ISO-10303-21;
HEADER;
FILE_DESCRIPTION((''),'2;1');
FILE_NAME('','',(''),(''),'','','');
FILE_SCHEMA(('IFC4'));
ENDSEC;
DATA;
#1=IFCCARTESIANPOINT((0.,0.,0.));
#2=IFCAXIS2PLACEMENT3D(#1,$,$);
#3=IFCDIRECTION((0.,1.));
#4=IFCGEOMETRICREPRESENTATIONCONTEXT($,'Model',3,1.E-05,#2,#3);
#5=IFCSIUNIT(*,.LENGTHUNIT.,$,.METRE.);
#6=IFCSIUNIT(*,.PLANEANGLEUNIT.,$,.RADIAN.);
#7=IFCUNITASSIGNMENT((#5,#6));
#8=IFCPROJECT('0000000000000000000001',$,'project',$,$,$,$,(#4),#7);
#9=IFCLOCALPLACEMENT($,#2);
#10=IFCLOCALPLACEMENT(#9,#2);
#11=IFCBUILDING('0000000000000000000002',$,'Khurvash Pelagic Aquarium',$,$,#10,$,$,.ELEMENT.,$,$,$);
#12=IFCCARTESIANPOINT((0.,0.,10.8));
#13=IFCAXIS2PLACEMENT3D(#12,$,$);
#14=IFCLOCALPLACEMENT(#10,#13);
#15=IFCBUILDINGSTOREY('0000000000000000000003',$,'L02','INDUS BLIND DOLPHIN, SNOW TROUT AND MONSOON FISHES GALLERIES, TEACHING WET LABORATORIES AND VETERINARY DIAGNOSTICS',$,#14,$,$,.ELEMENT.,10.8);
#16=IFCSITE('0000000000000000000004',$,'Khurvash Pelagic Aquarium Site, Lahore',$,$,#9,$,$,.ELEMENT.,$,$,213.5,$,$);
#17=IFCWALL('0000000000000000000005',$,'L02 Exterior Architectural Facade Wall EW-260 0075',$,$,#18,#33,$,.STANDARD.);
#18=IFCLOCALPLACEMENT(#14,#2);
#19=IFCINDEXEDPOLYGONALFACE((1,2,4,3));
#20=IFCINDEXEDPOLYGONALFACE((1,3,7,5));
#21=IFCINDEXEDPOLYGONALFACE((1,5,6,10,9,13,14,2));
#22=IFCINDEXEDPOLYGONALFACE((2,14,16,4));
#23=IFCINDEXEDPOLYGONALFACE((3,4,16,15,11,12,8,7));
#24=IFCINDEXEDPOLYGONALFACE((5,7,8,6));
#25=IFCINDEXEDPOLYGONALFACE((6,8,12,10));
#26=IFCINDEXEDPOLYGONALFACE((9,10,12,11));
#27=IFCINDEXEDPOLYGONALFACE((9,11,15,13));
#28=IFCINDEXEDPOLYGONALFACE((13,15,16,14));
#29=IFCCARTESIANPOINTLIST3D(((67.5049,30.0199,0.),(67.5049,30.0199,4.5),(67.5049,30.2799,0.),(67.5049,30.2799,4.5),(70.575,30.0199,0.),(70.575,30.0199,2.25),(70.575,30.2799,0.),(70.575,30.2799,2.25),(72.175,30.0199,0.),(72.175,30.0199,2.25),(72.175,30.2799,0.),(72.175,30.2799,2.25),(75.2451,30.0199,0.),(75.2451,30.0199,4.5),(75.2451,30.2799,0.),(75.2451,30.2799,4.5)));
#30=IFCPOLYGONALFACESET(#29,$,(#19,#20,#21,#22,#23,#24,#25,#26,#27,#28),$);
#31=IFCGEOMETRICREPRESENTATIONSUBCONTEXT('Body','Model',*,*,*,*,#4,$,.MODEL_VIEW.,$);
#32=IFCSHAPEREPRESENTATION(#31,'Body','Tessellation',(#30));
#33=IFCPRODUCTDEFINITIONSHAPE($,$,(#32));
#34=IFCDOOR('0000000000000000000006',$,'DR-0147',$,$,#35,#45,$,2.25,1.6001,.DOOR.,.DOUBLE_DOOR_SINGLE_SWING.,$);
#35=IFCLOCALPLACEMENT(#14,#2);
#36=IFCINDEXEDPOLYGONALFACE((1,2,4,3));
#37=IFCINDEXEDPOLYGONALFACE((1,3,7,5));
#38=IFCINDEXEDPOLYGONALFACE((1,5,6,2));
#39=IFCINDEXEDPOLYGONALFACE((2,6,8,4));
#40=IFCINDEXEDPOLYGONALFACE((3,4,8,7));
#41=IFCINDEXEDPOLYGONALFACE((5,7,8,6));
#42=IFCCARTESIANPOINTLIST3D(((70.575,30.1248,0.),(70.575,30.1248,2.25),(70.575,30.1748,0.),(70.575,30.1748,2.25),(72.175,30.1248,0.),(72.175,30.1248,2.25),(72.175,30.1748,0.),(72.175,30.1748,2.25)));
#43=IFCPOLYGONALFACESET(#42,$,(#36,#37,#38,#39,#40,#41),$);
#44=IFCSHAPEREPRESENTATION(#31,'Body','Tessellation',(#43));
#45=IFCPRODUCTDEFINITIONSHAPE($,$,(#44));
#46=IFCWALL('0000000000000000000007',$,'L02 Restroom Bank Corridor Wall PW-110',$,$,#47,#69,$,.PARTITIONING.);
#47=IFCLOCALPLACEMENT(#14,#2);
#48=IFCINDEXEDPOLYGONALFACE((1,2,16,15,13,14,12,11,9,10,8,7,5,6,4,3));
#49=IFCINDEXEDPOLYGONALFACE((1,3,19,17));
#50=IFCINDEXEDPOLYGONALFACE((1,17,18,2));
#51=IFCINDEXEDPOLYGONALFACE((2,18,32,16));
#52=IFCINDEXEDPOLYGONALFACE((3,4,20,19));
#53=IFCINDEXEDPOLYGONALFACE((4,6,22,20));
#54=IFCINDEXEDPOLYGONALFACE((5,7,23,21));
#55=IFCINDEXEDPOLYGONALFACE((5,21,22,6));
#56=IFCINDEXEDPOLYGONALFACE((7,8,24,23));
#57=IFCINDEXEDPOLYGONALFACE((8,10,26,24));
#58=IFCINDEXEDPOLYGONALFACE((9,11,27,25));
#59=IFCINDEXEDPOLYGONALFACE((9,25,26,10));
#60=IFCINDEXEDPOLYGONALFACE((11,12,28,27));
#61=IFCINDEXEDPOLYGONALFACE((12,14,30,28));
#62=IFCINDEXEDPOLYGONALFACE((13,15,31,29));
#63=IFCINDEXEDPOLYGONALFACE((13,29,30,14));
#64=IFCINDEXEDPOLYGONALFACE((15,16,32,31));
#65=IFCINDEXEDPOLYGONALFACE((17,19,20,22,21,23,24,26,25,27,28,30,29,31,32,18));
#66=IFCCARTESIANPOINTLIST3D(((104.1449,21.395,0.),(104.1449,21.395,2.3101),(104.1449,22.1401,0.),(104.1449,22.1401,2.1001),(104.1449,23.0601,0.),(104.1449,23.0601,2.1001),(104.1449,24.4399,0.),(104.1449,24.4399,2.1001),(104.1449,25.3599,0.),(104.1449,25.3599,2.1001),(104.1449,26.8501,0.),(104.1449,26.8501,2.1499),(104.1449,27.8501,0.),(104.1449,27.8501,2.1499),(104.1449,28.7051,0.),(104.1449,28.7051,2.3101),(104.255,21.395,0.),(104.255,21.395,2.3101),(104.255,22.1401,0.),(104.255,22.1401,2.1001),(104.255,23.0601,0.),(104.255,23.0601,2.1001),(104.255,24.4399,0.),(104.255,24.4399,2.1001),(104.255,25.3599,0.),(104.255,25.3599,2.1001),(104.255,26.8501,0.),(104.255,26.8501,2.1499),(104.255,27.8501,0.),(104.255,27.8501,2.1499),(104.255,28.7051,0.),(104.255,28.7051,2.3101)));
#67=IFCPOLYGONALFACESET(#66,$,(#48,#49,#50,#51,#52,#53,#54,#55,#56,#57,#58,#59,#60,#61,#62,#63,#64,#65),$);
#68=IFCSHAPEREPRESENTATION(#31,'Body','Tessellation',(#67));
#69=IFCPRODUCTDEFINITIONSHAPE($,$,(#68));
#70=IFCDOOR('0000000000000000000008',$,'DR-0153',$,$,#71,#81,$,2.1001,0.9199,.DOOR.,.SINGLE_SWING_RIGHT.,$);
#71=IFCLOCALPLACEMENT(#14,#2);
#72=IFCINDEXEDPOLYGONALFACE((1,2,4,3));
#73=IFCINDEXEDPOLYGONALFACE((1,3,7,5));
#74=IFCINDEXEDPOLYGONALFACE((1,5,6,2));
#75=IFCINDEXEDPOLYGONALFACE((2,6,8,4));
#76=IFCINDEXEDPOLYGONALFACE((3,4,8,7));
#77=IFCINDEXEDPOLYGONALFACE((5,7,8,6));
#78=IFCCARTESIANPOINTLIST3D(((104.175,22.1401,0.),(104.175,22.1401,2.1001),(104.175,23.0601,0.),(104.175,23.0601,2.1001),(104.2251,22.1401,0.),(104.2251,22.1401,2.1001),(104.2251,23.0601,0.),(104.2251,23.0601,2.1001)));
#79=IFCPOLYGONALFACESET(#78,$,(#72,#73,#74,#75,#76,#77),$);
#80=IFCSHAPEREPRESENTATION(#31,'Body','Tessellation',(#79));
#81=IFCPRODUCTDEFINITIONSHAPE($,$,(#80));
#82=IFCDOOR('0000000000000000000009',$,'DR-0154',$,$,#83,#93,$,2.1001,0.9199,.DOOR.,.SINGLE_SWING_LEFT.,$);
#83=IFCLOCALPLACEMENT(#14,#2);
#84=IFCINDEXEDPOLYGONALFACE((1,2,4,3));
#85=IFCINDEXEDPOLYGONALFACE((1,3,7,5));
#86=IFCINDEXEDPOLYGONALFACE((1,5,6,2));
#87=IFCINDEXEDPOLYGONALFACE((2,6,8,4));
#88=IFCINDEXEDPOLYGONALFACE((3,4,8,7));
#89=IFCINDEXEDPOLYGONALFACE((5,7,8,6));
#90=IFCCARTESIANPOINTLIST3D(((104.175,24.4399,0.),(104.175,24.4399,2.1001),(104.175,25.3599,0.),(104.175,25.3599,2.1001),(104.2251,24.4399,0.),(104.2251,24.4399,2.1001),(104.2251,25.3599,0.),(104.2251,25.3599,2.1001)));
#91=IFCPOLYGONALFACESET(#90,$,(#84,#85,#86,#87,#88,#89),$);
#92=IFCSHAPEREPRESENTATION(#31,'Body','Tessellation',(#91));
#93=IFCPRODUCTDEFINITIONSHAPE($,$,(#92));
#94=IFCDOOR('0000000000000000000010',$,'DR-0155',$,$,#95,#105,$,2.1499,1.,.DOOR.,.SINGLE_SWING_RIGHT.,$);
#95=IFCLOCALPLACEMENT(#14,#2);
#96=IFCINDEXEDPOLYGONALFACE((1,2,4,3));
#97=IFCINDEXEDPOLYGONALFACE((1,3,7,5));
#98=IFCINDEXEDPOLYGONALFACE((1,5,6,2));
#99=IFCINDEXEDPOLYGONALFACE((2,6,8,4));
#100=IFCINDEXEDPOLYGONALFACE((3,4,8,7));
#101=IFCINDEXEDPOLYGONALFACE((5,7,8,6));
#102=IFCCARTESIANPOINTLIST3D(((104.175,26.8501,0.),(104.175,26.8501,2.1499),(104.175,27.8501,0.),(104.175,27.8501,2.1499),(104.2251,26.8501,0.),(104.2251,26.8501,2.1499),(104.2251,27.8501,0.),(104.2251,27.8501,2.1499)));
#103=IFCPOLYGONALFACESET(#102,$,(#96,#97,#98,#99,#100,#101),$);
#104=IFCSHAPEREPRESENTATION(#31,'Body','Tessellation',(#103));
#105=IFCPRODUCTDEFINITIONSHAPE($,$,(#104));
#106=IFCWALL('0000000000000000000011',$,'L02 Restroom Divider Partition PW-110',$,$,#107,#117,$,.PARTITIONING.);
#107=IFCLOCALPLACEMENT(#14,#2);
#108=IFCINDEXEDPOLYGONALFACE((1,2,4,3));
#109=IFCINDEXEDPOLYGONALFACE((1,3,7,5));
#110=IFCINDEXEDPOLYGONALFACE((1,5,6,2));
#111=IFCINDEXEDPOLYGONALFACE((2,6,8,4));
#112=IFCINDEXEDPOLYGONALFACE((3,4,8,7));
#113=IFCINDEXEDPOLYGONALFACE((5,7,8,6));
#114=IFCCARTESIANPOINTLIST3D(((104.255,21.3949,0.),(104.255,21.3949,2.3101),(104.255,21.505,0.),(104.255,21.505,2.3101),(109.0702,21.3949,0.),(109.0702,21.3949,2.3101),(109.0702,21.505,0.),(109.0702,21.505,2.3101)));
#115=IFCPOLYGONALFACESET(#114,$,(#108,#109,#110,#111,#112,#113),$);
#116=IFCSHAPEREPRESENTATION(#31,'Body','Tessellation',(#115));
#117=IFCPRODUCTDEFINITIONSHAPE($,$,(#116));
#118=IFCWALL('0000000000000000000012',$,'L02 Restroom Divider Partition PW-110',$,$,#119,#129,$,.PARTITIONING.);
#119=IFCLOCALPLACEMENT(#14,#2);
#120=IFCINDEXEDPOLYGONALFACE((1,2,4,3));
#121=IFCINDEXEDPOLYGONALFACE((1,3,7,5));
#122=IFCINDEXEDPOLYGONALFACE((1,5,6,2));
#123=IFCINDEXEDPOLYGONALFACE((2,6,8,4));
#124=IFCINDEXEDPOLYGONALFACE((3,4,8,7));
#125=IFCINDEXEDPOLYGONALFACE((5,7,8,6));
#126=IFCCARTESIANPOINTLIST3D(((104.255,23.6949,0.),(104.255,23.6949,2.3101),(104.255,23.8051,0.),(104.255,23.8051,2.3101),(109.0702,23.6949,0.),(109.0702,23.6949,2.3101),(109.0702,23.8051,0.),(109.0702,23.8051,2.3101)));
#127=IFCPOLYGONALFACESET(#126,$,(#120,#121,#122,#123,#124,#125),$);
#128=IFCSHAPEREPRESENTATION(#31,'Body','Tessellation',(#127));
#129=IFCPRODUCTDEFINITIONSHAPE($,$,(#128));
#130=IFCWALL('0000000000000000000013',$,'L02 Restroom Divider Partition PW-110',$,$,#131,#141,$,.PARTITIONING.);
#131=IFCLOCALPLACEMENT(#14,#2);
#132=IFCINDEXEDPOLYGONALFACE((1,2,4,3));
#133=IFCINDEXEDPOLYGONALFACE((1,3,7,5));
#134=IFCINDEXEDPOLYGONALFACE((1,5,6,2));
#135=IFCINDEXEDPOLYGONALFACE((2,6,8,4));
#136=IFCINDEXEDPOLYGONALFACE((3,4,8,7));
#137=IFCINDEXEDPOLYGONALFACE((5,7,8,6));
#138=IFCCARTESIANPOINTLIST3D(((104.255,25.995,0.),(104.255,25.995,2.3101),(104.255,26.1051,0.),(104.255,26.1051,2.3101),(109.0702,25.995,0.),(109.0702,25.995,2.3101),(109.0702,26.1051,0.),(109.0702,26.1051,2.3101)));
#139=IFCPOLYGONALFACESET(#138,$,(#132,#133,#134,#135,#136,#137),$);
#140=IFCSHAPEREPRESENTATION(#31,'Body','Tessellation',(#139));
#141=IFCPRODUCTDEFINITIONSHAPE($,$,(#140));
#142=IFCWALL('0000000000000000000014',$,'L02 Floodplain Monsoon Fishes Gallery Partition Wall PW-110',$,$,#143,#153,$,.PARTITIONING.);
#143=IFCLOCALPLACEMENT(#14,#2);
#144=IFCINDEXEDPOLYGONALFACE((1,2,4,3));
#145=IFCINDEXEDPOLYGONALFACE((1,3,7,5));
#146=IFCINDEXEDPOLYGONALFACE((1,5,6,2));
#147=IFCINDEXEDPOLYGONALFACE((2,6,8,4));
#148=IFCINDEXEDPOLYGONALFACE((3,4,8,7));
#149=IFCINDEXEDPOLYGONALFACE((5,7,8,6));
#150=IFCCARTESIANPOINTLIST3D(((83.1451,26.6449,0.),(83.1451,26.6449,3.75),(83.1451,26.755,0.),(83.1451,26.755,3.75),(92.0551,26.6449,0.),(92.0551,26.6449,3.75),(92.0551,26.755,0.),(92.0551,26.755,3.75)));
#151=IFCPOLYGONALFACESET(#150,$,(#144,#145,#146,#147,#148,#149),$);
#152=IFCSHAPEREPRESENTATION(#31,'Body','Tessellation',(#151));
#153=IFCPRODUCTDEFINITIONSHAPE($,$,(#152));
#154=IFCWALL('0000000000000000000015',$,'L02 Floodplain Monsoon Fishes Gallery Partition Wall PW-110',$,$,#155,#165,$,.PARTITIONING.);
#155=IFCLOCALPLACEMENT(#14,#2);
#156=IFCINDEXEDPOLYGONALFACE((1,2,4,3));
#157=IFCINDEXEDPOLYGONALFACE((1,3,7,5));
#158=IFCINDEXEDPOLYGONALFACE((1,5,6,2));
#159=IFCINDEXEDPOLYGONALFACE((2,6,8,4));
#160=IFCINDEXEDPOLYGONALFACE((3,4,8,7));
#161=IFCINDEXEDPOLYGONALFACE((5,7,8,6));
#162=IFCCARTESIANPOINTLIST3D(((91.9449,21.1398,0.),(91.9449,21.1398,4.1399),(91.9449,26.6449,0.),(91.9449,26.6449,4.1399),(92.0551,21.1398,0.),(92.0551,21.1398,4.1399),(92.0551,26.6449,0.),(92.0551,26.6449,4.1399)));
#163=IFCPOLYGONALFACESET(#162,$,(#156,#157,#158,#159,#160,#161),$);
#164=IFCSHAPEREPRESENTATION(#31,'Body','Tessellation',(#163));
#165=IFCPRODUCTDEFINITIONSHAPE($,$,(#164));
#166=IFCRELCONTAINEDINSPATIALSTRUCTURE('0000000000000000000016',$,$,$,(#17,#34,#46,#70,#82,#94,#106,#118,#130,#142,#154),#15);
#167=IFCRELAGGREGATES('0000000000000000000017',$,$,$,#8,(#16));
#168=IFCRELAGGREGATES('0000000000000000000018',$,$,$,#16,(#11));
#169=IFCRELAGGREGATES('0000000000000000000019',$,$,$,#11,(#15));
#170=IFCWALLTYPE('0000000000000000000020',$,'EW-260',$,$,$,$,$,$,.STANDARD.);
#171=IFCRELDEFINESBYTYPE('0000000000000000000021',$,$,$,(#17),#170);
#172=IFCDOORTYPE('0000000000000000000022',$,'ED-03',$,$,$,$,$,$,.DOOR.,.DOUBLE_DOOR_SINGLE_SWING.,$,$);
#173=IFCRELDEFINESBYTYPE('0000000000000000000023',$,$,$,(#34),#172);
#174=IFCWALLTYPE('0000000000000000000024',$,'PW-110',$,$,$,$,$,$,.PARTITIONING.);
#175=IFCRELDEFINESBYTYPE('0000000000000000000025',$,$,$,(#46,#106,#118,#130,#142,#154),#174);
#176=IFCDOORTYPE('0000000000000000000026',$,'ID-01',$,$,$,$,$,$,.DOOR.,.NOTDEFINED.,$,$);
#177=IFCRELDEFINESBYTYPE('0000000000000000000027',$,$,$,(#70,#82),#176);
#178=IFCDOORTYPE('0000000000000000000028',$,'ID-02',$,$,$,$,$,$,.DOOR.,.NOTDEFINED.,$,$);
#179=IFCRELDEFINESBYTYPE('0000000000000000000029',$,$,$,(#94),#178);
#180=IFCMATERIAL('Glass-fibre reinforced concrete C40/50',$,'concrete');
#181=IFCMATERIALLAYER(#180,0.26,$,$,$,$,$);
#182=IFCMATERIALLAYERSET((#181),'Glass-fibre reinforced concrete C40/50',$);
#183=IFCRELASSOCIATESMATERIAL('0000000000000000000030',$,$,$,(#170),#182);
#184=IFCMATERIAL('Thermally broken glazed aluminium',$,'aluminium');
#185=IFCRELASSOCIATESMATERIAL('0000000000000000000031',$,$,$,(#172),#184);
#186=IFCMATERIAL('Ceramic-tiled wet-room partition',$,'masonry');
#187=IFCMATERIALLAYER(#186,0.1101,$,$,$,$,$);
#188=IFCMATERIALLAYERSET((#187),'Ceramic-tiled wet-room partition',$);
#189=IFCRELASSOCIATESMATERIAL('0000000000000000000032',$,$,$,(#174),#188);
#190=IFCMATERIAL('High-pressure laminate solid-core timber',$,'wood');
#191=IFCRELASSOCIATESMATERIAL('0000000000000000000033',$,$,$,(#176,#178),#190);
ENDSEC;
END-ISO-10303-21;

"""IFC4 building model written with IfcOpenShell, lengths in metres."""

from ifc_helpers import new_model, si_unit, direction, frame, frame_2d, origin, place, context, subcontext, project, spatial, rectangle, extrude, material, layer, layer_set, type_object, element, fill, save


model = new_model("IFC4")

# Units and contexts
model_context = context("Model", 3, precision=1e-05, world=origin(), true_north=direction((0.0, 1.0)))
body_context = subcontext(model_context, "Body", "Model", "MODEL_VIEW")
ifc_project = project(units=[si_unit("LENGTHUNIT", "METRE"), si_unit("PLANEANGLEUNIT", "RADIAN")], contexts=[model_context])

# Site, building, storey
site_placement = place(None, origin())
site = spatial("IfcSite", under=ifc_project, at=site_placement, Name="Khurvash Pelagic Aquarium Site, Lahore", CompositionType="ELEMENT", RefElevation=213.5)
building_placement = place(site_placement, origin())
building = spatial("IfcBuilding", under=site, at=building_placement, Name="Khurvash Pelagic Aquarium", CompositionType="ELEMENT")
storey_placement = place(building_placement, frame((0.0, 0.0, 10.8)))
storey = spatial("IfcBuildingStorey", under=building, at=storey_placement, Name="L02", Description="INDUS BLIND DOLPHIN, SNOW TROUT AND MONSOON FISHES GALLERIES, TEACHING WET LABORATORIES AND VETERINARY DIAGNOSTICS", CompositionType="ELEMENT", Elevation=10.8)

# Wall, opening, door
ifc_material_1 = material(Name="Glass-fibre reinforced concrete C40/50", Category="concrete")
ifc_layer_1 = layer(ifc_material_1, 0.26)
ifc_layer_set_1 = layer_set([ifc_layer_1], Name="Glass-fibre reinforced concrete C40/50")
wall_type_1 = type_object("IfcWallType", Name="EW-260", PredefinedType="STANDARD", material=ifc_layer_set_1)
wall_1_placement = place(storey_placement, frame((75.2451, 30.1499, 0.0), z_axis=(0.0, 0.0, 1.0), x_axis=(-1.0, 0.0, 0.0)))
wall_1 = element("IfcWall", 1, at=wall_1_placement, inside=storey, type_object=wall_type_1, Name="L02 Exterior Architectural Facade Wall EW-260 0075", PredefinedType="STANDARD", context=body_context, shape_type="SweptSolid", body=[
    extrude(rectangle(XDim=7.7402, YDim=0.26, at=frame_2d((3.8701, 0.0))), origin(), (0.0, 0.0, 1.0), 4.5),
])
opening_1_placement = place(wall_1_placement, frame((3.0701, 0.0, 0.0)))
opening_1 = element("IfcOpeningElement", 2, at=opening_1_placement, cuts=wall_1, PredefinedType="OPENING", context=body_context, shape_type="SweptSolid", body=[
    extrude(rectangle(XDim=1.6001, YDim=2.25, at=frame_2d((0.8, 1.125))), frame((0.0, 0.1401, 0.0), z_axis=(0.0, -1.0, 0.0), x_axis=(1.0, 0.0, 0.0)), (0.0, 0.0, 1.0), 0.28),
])
ifc_material_2 = material(Name="Thermally broken glazed aluminium", Category="aluminium")
door_type_1 = type_object("IfcDoorType", Name="ED-03", OperationType="DOUBLE_DOOR_SINGLE_SWING", PredefinedType="DOOR", material=ifc_material_2)
door_1_placement = place(opening_1_placement, frame((1.6001, 0.0, 0.0), z_axis=(0.0, 0.0, 1.0), x_axis=(-1.0, 0.0, 0.0)))
door_1 = element("IfcDoor", 3, at=door_1_placement, inside=storey, type_object=door_type_1, Name="DR-0147", OperationType="DOUBLE_DOOR_SINGLE_SWING", OverallHeight=2.25, OverallWidth=1.6001, PredefinedType="DOOR", context=body_context, shape_type="SweptSolid", body=[
    extrude(rectangle(XDim=1.6001, YDim=2.25, at=frame_2d((0.8, 1.125))), frame((0.0, 0.0249, 0.0), z_axis=(0.0, -1.0, 0.0), x_axis=(1.0, 0.0, 0.0)), (0.0, 0.0, 1.0), 0.05),
])
fill(opening_1, door_1)

# Wall, openings, doors
ifc_material_3 = material(Name="Ceramic-tiled wet-room partition", Category="masonry")
ifc_layer_2 = layer(ifc_material_3, 0.1101)
ifc_layer_set_2 = layer_set([ifc_layer_2], Name="Ceramic-tiled wet-room partition")
wall_type_2 = type_object("IfcWallType", Name="PW-110", PredefinedType="PARTITIONING", material=ifc_layer_set_2)
wall_2_placement = place(storey_placement, frame((104.2, 21.395, 0.0), z_axis=(0.0, 0.0, 1.0), x_axis=(0.0, 1.0, 0.0)))
wall_2 = element("IfcWall", 4, at=wall_2_placement, inside=storey, type_object=wall_type_2, Name="L02 Restroom Bank Corridor Wall PW-110", PredefinedType="PARTITIONING", context=body_context, shape_type="SweptSolid", body=[
    extrude(rectangle(XDim=7.3101, YDim=0.1101, at=frame_2d((3.655, 0.0))), origin(), (0.0, 0.0, 1.0), 2.3101),
])
opening_2_placement = place(wall_2_placement, frame((0.7451, 0.0, 0.0)))
opening_2 = element("IfcOpeningElement", 5, at=opening_2_placement, cuts=wall_2, PredefinedType="OPENING", context=body_context, shape_type="SweptSolid", body=[
    extrude(rectangle(XDim=0.9199, YDim=2.1001, at=frame_2d((0.46, 1.05))), frame((0.0, 0.0649, 0.0), z_axis=(0.0, -1.0, 0.0), x_axis=(1.0, 0.0, 0.0)), (0.0, 0.0, 1.0), 0.1301),
])
opening_3_placement = place(wall_2_placement, frame((3.0449, 0.0, 0.0)))
opening_3 = element("IfcOpeningElement", 6, at=opening_3_placement, cuts=wall_2, PredefinedType="OPENING", context=body_context, shape_type="SweptSolid", body=[
    extrude(rectangle(XDim=0.9199, YDim=2.1001, at=frame_2d((0.46, 1.05))), frame((0.0, 0.0649, 0.0), z_axis=(0.0, -1.0, 0.0), x_axis=(1.0, 0.0, 0.0)), (0.0, 0.0, 1.0), 0.1301),
])
opening_4_placement = place(wall_2_placement, frame((5.4551, 0.0, 0.0)))
opening_4 = element("IfcOpeningElement", 7, at=opening_4_placement, cuts=wall_2, PredefinedType="OPENING", context=body_context, shape_type="SweptSolid", body=[
    extrude(rectangle(XDim=1.0, YDim=2.1499, at=frame_2d((0.5, 1.075))), frame((0.0, 0.0649, 0.0), z_axis=(0.0, -1.0, 0.0), x_axis=(1.0, 0.0, 0.0)), (0.0, 0.0, 1.0), 0.1301),
])
ifc_material_4 = material(Name="High-pressure laminate solid-core timber", Category="wood")
door_type_2 = type_object("IfcDoorType", Name="ID-01", OperationType="NOTDEFINED", PredefinedType="DOOR", material=ifc_material_4)
door_2_placement = place(opening_2_placement, origin())
door_2 = element("IfcDoor", 8, at=door_2_placement, inside=storey, type_object=door_type_2, Name="DR-0153", OperationType="SINGLE_SWING_RIGHT", OverallHeight=2.1001, OverallWidth=0.9199, PredefinedType="DOOR", context=body_context, shape_type="SweptSolid", body=[
    extrude(rectangle(XDim=0.9199, YDim=2.1001, at=frame_2d((0.46, 1.05))), frame((0.0, 0.0249, 0.0), z_axis=(0.0, -1.0, 0.0), x_axis=(1.0, 0.0, 0.0)), (0.0, 0.0, 1.0), 0.05),
])
fill(opening_2, door_2)
door_3_placement = place(opening_3_placement, origin())
door_3 = element("IfcDoor", 9, at=door_3_placement, inside=storey, type_object=door_type_2, Name="DR-0154", OperationType="SINGLE_SWING_LEFT", OverallHeight=2.1001, OverallWidth=0.9199, PredefinedType="DOOR", context=body_context, shape_type="SweptSolid", body=[
    extrude(rectangle(XDim=0.9199, YDim=2.1001, at=frame_2d((0.46, 1.05))), frame((0.0, 0.0249, 0.0), z_axis=(0.0, -1.0, 0.0), x_axis=(1.0, 0.0, 0.0)), (0.0, 0.0, 1.0), 0.05),
])
fill(opening_3, door_3)
door_type_3 = type_object("IfcDoorType", Name="ID-02", OperationType="NOTDEFINED", PredefinedType="DOOR", material=ifc_material_4)
door_4_placement = place(opening_4_placement, origin())
door_4 = element("IfcDoor", 10, at=door_4_placement, inside=storey, type_object=door_type_3, Name="DR-0155", OperationType="SINGLE_SWING_RIGHT", OverallHeight=2.1499, OverallWidth=1.0, PredefinedType="DOOR", context=body_context, shape_type="SweptSolid", body=[
    extrude(rectangle(XDim=1.0, YDim=2.1499, at=frame_2d((0.5, 1.075))), frame((0.0, 0.0249, 0.0), z_axis=(0.0, -1.0, 0.0), x_axis=(1.0, 0.0, 0.0)), (0.0, 0.0, 1.0), 0.05),
])
fill(opening_4, door_4)

# Walls
for number, where, z_axis, x_axis, name in (
    (11, (104.2549, 21.45, 0.0), (0.0, 0.0, 1.0), (1.0, 0.0, 0.0), "L02 Restroom Divider Partition PW-110"),
    (12, (104.2549, 23.75, 0.0), (0.0, 0.0, 1.0), (1.0, 0.0, 0.0), "L02 Restroom Divider Partition PW-110"),
    (13, (104.2549, 26.05, 0.0), (0.0, 0.0, 1.0), (1.0, 0.0, 0.0), "L02 Restroom Divider Partition PW-110"),
):
    element("IfcWall", number, at=place(storey_placement, frame(where, z_axis=z_axis, x_axis=x_axis)), inside=storey, type_object=wall_type_2, Name=name, PredefinedType="PARTITIONING", context=body_context, shape_type="SweptSolid", body=[
        extrude(rectangle(XDim=4.8152, YDim=0.1101, at=frame_2d((2.4077, 0.0))), origin(), (0.0, 0.0, 1.0), 2.3101),
    ])
wall_3_placement = place(storey_placement, frame((83.145, 26.7, 0.0), z_axis=(0.0, 0.0, 1.0), x_axis=(1.0, 0.0, 0.0)))
element("IfcWall", 14, at=wall_3_placement, inside=storey, type_object=wall_type_2, Name="L02 Floodplain Monsoon Fishes Gallery Partition Wall PW-110", PredefinedType="PARTITIONING", context=body_context, shape_type="SweptSolid", body=[
    extrude(rectangle(XDim=8.9099, YDim=0.1101, at=frame_2d((4.4551, 0.0))), origin(), (0.0, 0.0, 1.0), 3.75),
])
wall_4_placement = place(storey_placement, frame((92.0, 21.1399, 0.0), z_axis=(0.0, 0.0, 1.0), x_axis=(0.0, 1.0, 0.0)))
element("IfcWall", 15, at=wall_4_placement, inside=storey, type_object=wall_type_2, Name="L02 Floodplain Monsoon Fishes Gallery Partition Wall PW-110", PredefinedType="PARTITIONING", context=body_context, shape_type="SweptSolid", body=[
    extrude(rectangle(XDim=5.5051, YDim=0.1101, at=frame_2d((2.7524, 0.0))), origin(), (0.0, 0.0, 1.0), 4.1399),
])

save(model, "model.ifc")
